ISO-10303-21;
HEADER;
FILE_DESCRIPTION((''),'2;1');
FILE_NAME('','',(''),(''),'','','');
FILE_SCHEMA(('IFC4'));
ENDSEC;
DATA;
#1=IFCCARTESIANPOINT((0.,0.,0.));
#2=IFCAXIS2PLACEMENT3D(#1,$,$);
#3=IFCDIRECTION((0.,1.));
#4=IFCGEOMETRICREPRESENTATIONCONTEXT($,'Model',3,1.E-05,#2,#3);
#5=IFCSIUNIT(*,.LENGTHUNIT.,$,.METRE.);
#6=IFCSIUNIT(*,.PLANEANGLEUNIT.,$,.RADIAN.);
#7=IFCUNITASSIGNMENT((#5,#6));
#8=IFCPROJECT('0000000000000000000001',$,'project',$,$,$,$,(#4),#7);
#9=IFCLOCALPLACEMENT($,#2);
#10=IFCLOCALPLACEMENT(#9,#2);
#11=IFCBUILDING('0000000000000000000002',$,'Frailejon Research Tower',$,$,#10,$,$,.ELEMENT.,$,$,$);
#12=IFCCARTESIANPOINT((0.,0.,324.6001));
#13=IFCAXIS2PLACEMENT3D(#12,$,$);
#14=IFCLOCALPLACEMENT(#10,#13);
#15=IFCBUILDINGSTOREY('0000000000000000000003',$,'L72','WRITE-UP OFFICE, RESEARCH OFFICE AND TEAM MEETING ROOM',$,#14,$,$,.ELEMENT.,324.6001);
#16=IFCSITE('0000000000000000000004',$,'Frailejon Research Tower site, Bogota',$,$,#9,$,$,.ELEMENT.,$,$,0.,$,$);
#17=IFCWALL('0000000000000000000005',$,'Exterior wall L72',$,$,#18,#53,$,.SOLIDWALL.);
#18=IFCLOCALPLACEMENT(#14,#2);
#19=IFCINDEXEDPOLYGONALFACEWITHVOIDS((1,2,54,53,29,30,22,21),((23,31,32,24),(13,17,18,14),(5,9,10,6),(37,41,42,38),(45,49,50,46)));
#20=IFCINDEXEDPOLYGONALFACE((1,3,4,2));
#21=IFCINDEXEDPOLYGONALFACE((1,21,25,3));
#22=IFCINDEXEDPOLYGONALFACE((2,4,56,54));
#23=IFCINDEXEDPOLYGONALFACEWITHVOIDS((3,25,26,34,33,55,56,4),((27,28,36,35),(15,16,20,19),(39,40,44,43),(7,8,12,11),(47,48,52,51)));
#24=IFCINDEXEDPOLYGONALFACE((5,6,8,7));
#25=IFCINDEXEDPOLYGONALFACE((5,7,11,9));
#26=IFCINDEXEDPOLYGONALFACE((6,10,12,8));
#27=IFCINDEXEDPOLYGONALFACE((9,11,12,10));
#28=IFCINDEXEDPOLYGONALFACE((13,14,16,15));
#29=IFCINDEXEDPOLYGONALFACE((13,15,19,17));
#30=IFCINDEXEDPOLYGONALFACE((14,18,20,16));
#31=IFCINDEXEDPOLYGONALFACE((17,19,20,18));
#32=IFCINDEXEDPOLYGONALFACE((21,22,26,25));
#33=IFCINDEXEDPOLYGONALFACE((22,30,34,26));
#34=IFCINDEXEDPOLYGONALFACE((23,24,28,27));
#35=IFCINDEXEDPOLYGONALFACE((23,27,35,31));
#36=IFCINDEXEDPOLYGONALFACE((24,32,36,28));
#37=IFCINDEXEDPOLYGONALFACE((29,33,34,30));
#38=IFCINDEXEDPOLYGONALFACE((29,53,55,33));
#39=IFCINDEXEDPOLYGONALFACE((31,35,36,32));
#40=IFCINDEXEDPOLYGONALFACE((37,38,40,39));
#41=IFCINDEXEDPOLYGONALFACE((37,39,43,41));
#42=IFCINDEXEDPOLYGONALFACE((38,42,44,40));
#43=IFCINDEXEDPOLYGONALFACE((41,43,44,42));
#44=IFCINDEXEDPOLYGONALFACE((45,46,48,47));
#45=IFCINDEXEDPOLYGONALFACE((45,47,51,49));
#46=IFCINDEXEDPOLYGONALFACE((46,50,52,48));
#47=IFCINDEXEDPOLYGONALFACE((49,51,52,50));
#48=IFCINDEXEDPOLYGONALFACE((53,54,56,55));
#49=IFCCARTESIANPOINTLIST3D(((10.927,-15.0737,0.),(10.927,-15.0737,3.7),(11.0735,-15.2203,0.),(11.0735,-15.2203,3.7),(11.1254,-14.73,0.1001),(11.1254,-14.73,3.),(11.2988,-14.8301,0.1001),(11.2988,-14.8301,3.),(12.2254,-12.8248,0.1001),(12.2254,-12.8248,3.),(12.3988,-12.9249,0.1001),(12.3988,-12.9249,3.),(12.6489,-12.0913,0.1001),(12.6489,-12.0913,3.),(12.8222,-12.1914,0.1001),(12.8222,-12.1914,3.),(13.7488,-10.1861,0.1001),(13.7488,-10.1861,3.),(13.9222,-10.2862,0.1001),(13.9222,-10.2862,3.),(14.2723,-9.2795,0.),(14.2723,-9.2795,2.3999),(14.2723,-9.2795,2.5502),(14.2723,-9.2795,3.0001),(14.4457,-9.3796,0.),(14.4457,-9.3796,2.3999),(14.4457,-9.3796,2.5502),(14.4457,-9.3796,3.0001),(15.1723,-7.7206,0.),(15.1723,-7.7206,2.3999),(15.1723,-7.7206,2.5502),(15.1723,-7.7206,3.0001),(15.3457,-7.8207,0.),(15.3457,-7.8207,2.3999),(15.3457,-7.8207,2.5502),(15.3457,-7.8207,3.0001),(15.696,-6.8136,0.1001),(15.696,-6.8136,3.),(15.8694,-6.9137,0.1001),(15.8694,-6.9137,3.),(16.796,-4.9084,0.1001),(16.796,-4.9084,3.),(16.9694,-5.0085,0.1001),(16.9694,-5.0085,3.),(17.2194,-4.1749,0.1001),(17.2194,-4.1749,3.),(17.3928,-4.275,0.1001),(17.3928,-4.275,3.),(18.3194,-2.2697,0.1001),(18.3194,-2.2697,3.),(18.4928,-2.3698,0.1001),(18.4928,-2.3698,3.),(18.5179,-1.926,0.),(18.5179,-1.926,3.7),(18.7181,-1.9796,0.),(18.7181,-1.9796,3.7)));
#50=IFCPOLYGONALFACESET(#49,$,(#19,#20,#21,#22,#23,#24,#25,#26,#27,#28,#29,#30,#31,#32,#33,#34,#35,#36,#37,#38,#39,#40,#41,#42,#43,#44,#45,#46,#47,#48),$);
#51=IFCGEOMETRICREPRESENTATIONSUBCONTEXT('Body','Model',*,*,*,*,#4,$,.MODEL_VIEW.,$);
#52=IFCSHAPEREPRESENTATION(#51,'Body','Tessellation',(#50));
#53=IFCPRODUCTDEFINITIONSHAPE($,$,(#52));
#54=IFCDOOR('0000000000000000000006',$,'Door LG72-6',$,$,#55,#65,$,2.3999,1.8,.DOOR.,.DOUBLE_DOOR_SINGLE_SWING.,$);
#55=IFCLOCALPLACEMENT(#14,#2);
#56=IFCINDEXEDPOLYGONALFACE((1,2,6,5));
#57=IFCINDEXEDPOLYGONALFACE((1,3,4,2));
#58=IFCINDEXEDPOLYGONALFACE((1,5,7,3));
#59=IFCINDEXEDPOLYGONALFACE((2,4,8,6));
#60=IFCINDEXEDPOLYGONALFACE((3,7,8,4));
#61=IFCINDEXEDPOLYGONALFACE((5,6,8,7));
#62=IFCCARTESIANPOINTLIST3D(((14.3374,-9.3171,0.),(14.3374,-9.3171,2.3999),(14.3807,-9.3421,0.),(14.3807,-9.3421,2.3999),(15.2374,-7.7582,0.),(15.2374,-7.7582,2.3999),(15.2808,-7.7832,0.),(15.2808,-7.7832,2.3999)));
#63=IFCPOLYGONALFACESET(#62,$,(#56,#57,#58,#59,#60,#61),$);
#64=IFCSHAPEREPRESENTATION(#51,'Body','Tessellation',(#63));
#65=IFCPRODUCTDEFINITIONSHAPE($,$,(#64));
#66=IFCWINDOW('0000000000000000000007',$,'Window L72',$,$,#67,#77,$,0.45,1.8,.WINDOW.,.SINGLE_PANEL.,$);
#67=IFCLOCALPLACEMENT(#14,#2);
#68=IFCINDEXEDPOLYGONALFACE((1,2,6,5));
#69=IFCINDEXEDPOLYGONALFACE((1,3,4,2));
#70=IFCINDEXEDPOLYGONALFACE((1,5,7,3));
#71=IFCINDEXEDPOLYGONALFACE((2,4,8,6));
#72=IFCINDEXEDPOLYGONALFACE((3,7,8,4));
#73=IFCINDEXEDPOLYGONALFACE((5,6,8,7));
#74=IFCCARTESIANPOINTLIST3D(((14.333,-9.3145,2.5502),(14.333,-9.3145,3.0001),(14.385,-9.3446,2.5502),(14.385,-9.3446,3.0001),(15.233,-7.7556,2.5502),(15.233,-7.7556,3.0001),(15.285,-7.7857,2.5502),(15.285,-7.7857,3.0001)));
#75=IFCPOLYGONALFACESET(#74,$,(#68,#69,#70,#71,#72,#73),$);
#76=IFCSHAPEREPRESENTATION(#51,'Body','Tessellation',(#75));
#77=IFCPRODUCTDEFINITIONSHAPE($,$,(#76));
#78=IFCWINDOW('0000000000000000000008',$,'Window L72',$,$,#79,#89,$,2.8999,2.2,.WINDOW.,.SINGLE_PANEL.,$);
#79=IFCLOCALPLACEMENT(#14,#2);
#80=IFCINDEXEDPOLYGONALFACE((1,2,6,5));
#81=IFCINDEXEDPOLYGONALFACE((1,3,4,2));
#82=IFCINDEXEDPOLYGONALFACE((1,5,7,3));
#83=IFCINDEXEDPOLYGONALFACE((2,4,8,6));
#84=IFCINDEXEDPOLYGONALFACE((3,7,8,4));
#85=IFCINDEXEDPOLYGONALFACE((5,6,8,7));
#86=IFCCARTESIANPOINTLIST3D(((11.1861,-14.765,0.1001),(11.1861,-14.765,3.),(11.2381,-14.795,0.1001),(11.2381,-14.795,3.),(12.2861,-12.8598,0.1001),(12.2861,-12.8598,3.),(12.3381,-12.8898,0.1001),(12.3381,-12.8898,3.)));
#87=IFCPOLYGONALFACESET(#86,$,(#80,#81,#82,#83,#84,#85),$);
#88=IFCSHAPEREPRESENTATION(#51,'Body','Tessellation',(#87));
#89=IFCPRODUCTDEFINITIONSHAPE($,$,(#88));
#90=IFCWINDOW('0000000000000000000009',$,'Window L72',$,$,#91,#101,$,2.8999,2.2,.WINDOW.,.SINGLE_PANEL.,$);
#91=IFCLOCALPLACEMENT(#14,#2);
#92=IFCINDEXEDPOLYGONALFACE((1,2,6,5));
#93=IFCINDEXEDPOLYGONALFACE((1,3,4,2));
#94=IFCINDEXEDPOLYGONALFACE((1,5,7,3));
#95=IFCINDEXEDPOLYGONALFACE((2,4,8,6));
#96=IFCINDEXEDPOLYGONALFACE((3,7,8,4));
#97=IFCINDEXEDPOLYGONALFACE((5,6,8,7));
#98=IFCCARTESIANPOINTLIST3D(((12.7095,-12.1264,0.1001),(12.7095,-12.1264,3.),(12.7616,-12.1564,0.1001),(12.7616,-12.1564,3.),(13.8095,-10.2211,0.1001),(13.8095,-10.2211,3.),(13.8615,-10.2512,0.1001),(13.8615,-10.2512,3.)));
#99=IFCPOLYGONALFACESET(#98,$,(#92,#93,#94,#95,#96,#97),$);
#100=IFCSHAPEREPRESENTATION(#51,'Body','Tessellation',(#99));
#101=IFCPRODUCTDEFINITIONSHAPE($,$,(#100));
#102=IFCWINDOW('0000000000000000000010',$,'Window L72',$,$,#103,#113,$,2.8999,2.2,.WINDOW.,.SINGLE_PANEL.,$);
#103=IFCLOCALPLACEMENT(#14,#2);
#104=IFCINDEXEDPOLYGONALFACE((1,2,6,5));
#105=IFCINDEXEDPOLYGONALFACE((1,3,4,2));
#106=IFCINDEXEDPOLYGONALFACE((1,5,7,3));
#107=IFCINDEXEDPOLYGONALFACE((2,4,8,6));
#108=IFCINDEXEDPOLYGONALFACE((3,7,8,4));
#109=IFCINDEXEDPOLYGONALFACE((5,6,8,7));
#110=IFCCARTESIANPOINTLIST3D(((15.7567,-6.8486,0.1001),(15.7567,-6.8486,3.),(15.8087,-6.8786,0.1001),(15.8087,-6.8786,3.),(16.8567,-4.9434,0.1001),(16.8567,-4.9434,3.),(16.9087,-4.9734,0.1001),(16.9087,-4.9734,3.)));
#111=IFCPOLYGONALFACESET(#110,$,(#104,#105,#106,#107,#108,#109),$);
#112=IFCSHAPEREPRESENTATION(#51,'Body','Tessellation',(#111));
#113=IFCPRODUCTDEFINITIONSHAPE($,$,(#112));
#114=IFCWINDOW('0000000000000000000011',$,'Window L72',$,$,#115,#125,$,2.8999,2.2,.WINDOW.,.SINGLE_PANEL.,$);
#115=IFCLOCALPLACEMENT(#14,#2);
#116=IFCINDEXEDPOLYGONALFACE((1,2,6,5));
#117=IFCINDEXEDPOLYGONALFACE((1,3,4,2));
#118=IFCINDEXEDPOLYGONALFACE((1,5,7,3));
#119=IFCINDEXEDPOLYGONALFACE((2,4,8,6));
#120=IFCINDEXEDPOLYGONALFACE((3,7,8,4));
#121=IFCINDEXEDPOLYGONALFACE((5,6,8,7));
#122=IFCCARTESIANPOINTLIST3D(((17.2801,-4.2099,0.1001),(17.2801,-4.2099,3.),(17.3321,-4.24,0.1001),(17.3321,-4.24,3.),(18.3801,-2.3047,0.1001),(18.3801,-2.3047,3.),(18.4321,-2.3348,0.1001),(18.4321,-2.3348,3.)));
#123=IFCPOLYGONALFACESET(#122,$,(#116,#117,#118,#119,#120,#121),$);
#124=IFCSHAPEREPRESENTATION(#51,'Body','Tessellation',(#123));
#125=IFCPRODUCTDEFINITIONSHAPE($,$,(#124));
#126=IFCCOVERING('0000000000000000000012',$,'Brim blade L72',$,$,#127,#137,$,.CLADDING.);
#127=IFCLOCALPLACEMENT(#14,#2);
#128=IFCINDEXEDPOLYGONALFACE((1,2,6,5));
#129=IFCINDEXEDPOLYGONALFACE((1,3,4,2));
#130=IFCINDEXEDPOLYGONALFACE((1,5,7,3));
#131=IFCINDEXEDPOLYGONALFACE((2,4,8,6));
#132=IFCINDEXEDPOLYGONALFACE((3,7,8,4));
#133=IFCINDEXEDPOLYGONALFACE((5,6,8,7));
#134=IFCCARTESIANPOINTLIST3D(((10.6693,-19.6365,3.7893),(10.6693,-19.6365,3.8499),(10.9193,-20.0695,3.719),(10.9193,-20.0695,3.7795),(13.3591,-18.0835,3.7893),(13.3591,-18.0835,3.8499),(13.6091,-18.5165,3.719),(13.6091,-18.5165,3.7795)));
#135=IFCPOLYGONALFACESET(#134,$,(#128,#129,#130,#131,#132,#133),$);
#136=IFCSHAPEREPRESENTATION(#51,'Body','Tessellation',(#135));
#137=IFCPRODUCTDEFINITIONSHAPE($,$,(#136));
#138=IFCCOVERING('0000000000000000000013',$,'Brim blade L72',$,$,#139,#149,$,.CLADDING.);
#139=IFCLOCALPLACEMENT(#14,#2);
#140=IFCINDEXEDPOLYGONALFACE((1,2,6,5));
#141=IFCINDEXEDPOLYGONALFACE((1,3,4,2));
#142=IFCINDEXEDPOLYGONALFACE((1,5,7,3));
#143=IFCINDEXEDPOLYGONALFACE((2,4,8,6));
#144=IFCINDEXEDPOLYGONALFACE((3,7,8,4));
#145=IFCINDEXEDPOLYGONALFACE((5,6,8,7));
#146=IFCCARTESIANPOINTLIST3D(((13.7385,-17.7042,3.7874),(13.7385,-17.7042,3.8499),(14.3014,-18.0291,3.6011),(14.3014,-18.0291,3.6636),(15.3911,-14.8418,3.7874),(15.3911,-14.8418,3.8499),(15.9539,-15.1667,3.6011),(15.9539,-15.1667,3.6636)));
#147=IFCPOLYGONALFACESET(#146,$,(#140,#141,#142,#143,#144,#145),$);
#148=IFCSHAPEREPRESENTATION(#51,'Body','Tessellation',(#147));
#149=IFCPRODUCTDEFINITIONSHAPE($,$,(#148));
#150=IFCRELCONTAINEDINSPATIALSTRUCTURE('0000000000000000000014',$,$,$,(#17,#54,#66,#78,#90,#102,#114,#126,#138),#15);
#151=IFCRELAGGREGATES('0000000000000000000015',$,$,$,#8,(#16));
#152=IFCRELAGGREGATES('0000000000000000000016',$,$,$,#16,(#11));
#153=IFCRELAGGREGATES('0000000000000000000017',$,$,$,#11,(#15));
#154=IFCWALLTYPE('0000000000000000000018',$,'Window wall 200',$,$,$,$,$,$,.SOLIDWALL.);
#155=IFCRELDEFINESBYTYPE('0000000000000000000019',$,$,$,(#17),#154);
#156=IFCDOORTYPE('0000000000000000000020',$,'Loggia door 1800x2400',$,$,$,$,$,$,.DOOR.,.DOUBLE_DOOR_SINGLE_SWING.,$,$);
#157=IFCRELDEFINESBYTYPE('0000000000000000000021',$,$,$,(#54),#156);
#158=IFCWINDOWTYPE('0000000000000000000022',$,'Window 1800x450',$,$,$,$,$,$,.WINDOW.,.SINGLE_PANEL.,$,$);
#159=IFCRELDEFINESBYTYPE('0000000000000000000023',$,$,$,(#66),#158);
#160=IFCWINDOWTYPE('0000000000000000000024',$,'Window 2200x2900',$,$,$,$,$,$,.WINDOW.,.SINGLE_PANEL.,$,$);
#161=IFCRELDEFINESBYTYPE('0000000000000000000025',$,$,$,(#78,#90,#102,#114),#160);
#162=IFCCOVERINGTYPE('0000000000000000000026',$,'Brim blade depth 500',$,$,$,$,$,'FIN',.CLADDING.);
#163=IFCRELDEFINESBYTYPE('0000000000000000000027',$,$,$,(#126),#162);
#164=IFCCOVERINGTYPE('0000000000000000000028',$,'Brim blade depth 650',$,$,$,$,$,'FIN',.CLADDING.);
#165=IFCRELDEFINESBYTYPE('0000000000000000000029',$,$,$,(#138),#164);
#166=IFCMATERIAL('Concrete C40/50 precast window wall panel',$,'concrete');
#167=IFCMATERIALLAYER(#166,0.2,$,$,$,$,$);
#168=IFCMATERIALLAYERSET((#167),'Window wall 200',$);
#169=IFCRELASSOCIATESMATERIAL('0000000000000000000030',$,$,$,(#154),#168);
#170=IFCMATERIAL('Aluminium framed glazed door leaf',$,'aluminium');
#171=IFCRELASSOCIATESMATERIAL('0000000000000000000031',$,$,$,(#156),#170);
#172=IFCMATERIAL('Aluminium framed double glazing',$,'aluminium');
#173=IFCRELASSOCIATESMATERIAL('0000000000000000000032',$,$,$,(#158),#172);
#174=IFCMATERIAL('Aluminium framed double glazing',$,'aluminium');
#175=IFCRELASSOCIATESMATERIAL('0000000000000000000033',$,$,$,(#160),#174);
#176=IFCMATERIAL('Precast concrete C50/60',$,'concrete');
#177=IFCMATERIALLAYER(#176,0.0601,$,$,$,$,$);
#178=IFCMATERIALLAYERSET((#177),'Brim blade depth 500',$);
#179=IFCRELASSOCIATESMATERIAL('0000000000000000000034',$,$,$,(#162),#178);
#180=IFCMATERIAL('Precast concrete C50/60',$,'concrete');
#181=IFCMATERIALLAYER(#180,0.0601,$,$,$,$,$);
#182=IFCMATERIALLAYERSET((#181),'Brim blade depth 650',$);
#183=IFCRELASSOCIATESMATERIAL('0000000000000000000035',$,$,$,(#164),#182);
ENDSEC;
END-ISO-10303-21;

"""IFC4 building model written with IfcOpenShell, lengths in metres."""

from ifc_helpers import new_model, si_unit, direction, frame, frame_2d, origin, place, context, subcontext, project, spatial, polyline, rectangle, outline, extrude, material, layer, layer_set, type_object, element, fill, save


model = new_model("IFC4")

# Units and contexts
model_context = context("Model", 3, precision=1e-05, world=origin(), true_north=direction((0.0, 1.0)))
body_context = subcontext(model_context, "Body", "Model", "MODEL_VIEW")
ifc_project = project(units=[si_unit("LENGTHUNIT", "METRE"), si_unit("PLANEANGLEUNIT", "RADIAN")], contexts=[model_context])

# Site, building, storey
site_placement = place(None, origin())
site = spatial("IfcSite", under=ifc_project, at=site_placement, Name="Frailejon Research Tower site, Bogota", CompositionType="ELEMENT", RefElevation=0.0)
building_placement = place(site_placement, origin())
building = spatial("IfcBuilding", under=site, at=building_placement, Name="Frailejon Research Tower", CompositionType="ELEMENT")
storey_placement = place(building_placement, frame((0.0, 0.0, 324.6001)))
storey = spatial("IfcBuildingStorey", under=building, at=storey_placement, Name="L72", Description="WRITE-UP OFFICE, RESEARCH OFFICE AND TEAM MEETING ROOM", CompositionType="ELEMENT", Elevation=324.6001)

# Wall, openings, door, windows
ifc_material_1 = material(Name="Concrete C40/50 precast window wall panel", Category="concrete")
ifc_layer_1 = layer(ifc_material_1, 0.2)
ifc_layer_set_1 = layer_set([ifc_layer_1], Name="Window wall 200")
wall_type_1 = type_object("IfcWallType", Name="Window wall 200", PredefinedType="SOLIDWALL", material=ifc_layer_set_1)
wall_1_placement = place(storey_placement, frame((11.0002, -15.147, 0.0), z_axis=(0.0, 0.0, 1.0), x_axis=(0.500003, 0.866024, 0.0)))
wall_1 = element("IfcWall", 1, at=wall_1_placement, inside=storey, type_object=wall_type_1, Name="Exterior wall L72", PredefinedType="SOLIDWALL", context=body_context, shape_type="SweptSolid", body=[
    extrude(outline(polyline([(-0.0269, -0.1001), (0.9924, -0.1001), (2.0117, -0.1001), (3.031, -0.1001), (4.0503, -0.1001), (5.0696, -0.1001), (6.0889, -0.1001), (7.1082, -0.1001), (8.1272, -0.1001), (9.1465, -0.1001), (10.1658, -0.1001), (11.1851, -0.1001), (12.2043, -0.1001), (13.2236, -0.1001), (14.2429, -0.1001), (15.2622, -0.1001), (15.2085, 0.1001), (14.1963, 0.1001), (13.1843, 0.1001), (12.1721, 0.1001), (11.1602, 0.1001), (10.1479, 0.1001), (9.1357, 0.1001), (8.1238, 0.1001), (7.1116, 0.1001), (6.0996, 0.1001), (5.0874, 0.1001), (4.0752, 0.1001), (3.0632, 0.1001), (2.051, 0.1001), (1.0391, 0.1001), (0.0269, 0.1001), (-0.0269, -0.1001)])), origin(), (0.0, 0.0, 1.0), 3.7),
])
opening_1_placement = place(wall_1_placement, frame((0.4236, 0.0, 0.1001)))
opening_1 = element("IfcOpeningElement", 2, at=opening_1_placement, cuts=wall_1, PredefinedType="OPENING", context=body_context, shape_type="SweptSolid", body=[
    extrude(rectangle(XDim=2.2, YDim=2.8999, at=frame_2d((1.1001, 1.45))), frame((0.0, 0.1099, 0.0), z_axis=(0.0, -1.0, 0.0), x_axis=(1.0, 0.0, 0.0)), (0.0, 0.0, 1.0), 0.22),
])
opening_2_placement = place(wall_1_placement, frame((3.4705, 0.0, 0.1001)))
opening_2 = element("IfcOpeningElement", 3, at=opening_2_placement, cuts=wall_1, PredefinedType="OPENING", context=body_context, shape_type="SweptSolid", body=[
    extrude(rectangle(XDim=2.2, YDim=2.8999, at=frame_2d((1.1001, 1.45))), frame((0.0, 0.1099, 0.0), z_axis=(0.0, -1.0, 0.0), x_axis=(1.0, 0.0, 0.0)), (0.0, 0.0, 1.0), 0.22),
])
opening_3_placement = place(wall_1_placement, frame((6.7175, 0.0, 0.0)))
opening_3 = element("IfcOpeningElement", 4, at=opening_3_placement, cuts=wall_1, PredefinedType="OPENING", context=body_context, shape_type="SweptSolid", body=[
    extrude(rectangle(XDim=1.8, YDim=2.3999, at=frame_2d((0.8999, 1.2))), frame((0.0, 0.1099, 0.0), z_axis=(0.0, -1.0, 0.0), x_axis=(1.0, 0.0, 0.0)), (0.0, 0.0, 1.0), 0.22),
])
opening_4_placement = place(wall_1_placement, frame((6.7175, 0.0, 2.55)))
opening_4 = element("IfcOpeningElement", 5, at=opening_4_placement, cuts=wall_1, PredefinedType="OPENING", context=body_context, shape_type="SweptSolid", body=[
    extrude(rectangle(XDim=1.8, YDim=0.45, at=frame_2d((0.8999, 0.2251))), frame((0.0, 0.1099, 0.0), z_axis=(0.0, -1.0, 0.0), x_axis=(1.0, 0.0, 0.0)), (0.0, 0.0, 1.0), 0.22),
])
opening_5_placement = place(wall_1_placement, frame((9.5647, 0.0, 0.1001)))
opening_5 = element("IfcOpeningElement", 6, at=opening_5_placement, cuts=wall_1, PredefinedType="OPENING", context=body_context, shape_type="SweptSolid", body=[
    extrude(rectangle(XDim=2.2, YDim=2.8999, at=frame_2d((1.1001, 1.45))), frame((0.0, 0.1099, 0.0), z_axis=(0.0, -1.0, 0.0), x_axis=(1.0, 0.0, 0.0)), (0.0, 0.0, 1.0), 0.22),
])
opening_6_placement = place(wall_1_placement, frame((12.6116, 0.0, 0.1001)))
opening_6 = element("IfcOpeningElement", 7, at=opening_6_placement, cuts=wall_1, PredefinedType="OPENING", context=body_context, shape_type="SweptSolid", body=[
    extrude(rectangle(XDim=2.2, YDim=2.8999, at=frame_2d((1.1001, 1.45))), frame((0.0, 0.1099, 0.0), z_axis=(0.0, -1.0, 0.0), x_axis=(1.0, 0.0, 0.0)), (0.0, 0.0, 1.0), 0.22),
])
ifc_material_2 = material(Name="Aluminium framed glazed door leaf", Category="aluminium")
door_type_1 = type_object("IfcDoorType", Name="Loggia door 1800x2400", OperationType="DOUBLE_DOOR_SINGLE_SWING", PredefinedType="DOOR", material=ifc_material_2)
door_1_placement = place(opening_3_placement, origin())
door_1 = element("IfcDoor", 8, at=door_1_placement, inside=storey, type_object=door_type_1, Name="Door LG72-6", OperationType="DOUBLE_DOOR_SINGLE_SWING", OverallHeight=2.3999, OverallWidth=1.8, PredefinedType="DOOR", context=body_context, shape_type="SweptSolid", body=[
    extrude(rectangle(XDim=1.8, YDim=2.3999, at=frame_2d((0.8999, 1.2))), frame((0.0, 0.0249, 0.0), z_axis=(0.0, -1.0, 0.0), x_axis=(1.0, 0.0, 0.0)), (0.0, 0.0, 1.0), 0.05),
])
fill(opening_3, door_1)
ifc_material_3 = material(Name="Aluminium framed double glazing", Category="aluminium")
window_type_1 = type_object("IfcWindowType", Name="Window 1800x450", PartitioningType="SINGLE_PANEL", PredefinedType="WINDOW", material=ifc_material_3)
window_1_placement = place(opening_4_placement, origin())
window_1 = element("IfcWindow", 9, at=window_1_placement, inside=storey, type_object=window_type_1, Name="Window L72", OverallHeight=0.45, OverallWidth=1.8, PartitioningType="SINGLE_PANEL", PredefinedType="WINDOW", context=body_context, shape_type="SweptSolid", body=[
    extrude(rectangle(XDim=1.8, YDim=0.45, at=frame_2d((0.8999, 0.2251))), frame((0.0, 0.03, 0.0), z_axis=(0.0, -1.0, 0.0), x_axis=(1.0, 0.0, 0.0)), (0.0, 0.0, 1.0), 0.0601),
])
fill(opening_4, window_1)
ifc_material_4 = material(Name="Aluminium framed double glazing", Category="aluminium")
window_type_2 = type_object("IfcWindowType", Name="Window 2200x2900", PartitioningType="SINGLE_PANEL", PredefinedType="WINDOW", material=ifc_material_4)
window_2_placement = place(opening_1_placement, origin())
window_2 = element("IfcWindow", 10, at=window_2_placement, inside=storey, type_object=window_type_2, Name="Window L72", OverallHeight=2.8999, OverallWidth=2.2, PartitioningType="SINGLE_PANEL", PredefinedType="WINDOW", context=body_context, shape_type="SweptSolid", body=[
    extrude(rectangle(XDim=2.2, YDim=2.8999, at=frame_2d((1.1001, 1.45))), frame((0.0, 0.03, 0.0), z_axis=(0.0, -1.0, 0.0), x_axis=(1.0, 0.0, 0.0)), (0.0, 0.0, 1.0), 0.0601),
])
fill(opening_1, window_2)
window_3_placement = place(opening_2_placement, origin())
window_3 = element("IfcWindow", 11, at=window_3_placement, inside=storey, type_object=window_type_2, Name="Window L72", OverallHeight=2.8999, OverallWidth=2.2, PartitioningType="SINGLE_PANEL", PredefinedType="WINDOW", context=body_context, shape_type="SweptSolid", body=[
    extrude(rectangle(XDim=2.2, YDim=2.8999, at=frame_2d((1.1001, 1.45))), frame((0.0, 0.03, 0.0), z_axis=(0.0, -1.0, 0.0), x_axis=(1.0, 0.0, 0.0)), (0.0, 0.0, 1.0), 0.0601),
])
fill(opening_2, window_3)
window_4_placement = place(opening_5_placement, origin())
window_4 = element("IfcWindow", 12, at=window_4_placement, inside=storey, type_object=window_type_2, Name="Window L72", OverallHeight=2.8999, OverallWidth=2.2, PartitioningType="SINGLE_PANEL", PredefinedType="WINDOW", context=body_context, shape_type="SweptSolid", body=[
    extrude(rectangle(XDim=2.2, YDim=2.8999, at=frame_2d((1.1001, 1.45))), frame((0.0, 0.03, 0.0), z_axis=(0.0, -1.0, 0.0), x_axis=(1.0, 0.0, 0.0)), (0.0, 0.0, 1.0), 0.0601),
])
fill(opening_5, window_4)
window_5_placement = place(opening_6_placement, origin())
window_5 = element("IfcWindow", 13, at=window_5_placement, inside=storey, type_object=window_type_2, Name="Window L72", OverallHeight=2.8999, OverallWidth=2.2, PartitioningType="SINGLE_PANEL", PredefinedType="WINDOW", context=body_context, shape_type="SweptSolid", body=[
    extrude(rectangle(XDim=2.2, YDim=2.8999, at=frame_2d((1.1001, 1.45))), frame((0.0, 0.03, 0.0), z_axis=(0.0, -1.0, 0.0), x_axis=(1.0, 0.0, 0.0)), (0.0, 0.0, 1.0), 0.0601),
])
fill(opening_6, window_5)

# Coverings
ifc_material_5 = material(Name="Precast concrete C50/60", Category="concrete")
ifc_layer_2 = layer(ifc_material_5, 0.0601)
ifc_layer_set_2 = layer_set([ifc_layer_2], Name="Brim blade depth 500")
covering_type_1 = type_object("IfcCoveringType", Name="Brim blade depth 500", ElementType="FIN", PredefinedType="CLADDING", material=ifc_layer_set_2)
covering_1_placement = place(storey_placement, frame((13.3591, -18.0835, 3.8499), z_axis=(-0.866027, -0.499997, 0.0), x_axis=(0.499997, -0.866027, 0.0)))
element("IfcCovering", 14, at=covering_1_placement, inside=storey, type_object=covering_type_1, Name="Brim blade L72", PredefinedType="CLADDING", context=body_context, shape_type="SweptSolid", body=[
    extrude(outline(polyline([(0.0, -0.0605), (0.5, -0.1309), (0.5, -0.0703), (0.0, 0.0), (0.0, -0.0605)])), origin(), (0.0, 0.0, 1.0), 3.106),
])
ifc_material_6 = material(Name="Precast concrete C50/60", Category="concrete")
ifc_layer_3 = layer(ifc_material_6, 0.0601)
ifc_layer_set_3 = layer_set([ifc_layer_3], Name="Brim blade depth 650")
covering_type_2 = type_object("IfcCoveringType", Name="Brim blade depth 650", ElementType="FIN", PredefinedType="CLADDING", material=ifc_layer_set_3)
covering_2_placement = place(storey_placement, frame((15.3911, -14.8418, 3.8499), z_axis=(-0.499999, -0.866026, 0.0), x_axis=(0.866026, -0.499999, 0.0)))
element("IfcCovering", 15, at=covering_2_placement, inside=storey, type_object=covering_type_2, Name="Brim blade L72", PredefinedType="CLADDING", context=body_context, shape_type="SweptSolid", body=[
    extrude(outline(polyline([(0.0, -0.0625), (0.6499, -0.2488), (0.6499, -0.1863), (0.0, 0.0), (0.0, -0.0625)])), origin(), (0.0, 0.0, 1.0), 3.3052),
])

save(model, "model.ifc")
